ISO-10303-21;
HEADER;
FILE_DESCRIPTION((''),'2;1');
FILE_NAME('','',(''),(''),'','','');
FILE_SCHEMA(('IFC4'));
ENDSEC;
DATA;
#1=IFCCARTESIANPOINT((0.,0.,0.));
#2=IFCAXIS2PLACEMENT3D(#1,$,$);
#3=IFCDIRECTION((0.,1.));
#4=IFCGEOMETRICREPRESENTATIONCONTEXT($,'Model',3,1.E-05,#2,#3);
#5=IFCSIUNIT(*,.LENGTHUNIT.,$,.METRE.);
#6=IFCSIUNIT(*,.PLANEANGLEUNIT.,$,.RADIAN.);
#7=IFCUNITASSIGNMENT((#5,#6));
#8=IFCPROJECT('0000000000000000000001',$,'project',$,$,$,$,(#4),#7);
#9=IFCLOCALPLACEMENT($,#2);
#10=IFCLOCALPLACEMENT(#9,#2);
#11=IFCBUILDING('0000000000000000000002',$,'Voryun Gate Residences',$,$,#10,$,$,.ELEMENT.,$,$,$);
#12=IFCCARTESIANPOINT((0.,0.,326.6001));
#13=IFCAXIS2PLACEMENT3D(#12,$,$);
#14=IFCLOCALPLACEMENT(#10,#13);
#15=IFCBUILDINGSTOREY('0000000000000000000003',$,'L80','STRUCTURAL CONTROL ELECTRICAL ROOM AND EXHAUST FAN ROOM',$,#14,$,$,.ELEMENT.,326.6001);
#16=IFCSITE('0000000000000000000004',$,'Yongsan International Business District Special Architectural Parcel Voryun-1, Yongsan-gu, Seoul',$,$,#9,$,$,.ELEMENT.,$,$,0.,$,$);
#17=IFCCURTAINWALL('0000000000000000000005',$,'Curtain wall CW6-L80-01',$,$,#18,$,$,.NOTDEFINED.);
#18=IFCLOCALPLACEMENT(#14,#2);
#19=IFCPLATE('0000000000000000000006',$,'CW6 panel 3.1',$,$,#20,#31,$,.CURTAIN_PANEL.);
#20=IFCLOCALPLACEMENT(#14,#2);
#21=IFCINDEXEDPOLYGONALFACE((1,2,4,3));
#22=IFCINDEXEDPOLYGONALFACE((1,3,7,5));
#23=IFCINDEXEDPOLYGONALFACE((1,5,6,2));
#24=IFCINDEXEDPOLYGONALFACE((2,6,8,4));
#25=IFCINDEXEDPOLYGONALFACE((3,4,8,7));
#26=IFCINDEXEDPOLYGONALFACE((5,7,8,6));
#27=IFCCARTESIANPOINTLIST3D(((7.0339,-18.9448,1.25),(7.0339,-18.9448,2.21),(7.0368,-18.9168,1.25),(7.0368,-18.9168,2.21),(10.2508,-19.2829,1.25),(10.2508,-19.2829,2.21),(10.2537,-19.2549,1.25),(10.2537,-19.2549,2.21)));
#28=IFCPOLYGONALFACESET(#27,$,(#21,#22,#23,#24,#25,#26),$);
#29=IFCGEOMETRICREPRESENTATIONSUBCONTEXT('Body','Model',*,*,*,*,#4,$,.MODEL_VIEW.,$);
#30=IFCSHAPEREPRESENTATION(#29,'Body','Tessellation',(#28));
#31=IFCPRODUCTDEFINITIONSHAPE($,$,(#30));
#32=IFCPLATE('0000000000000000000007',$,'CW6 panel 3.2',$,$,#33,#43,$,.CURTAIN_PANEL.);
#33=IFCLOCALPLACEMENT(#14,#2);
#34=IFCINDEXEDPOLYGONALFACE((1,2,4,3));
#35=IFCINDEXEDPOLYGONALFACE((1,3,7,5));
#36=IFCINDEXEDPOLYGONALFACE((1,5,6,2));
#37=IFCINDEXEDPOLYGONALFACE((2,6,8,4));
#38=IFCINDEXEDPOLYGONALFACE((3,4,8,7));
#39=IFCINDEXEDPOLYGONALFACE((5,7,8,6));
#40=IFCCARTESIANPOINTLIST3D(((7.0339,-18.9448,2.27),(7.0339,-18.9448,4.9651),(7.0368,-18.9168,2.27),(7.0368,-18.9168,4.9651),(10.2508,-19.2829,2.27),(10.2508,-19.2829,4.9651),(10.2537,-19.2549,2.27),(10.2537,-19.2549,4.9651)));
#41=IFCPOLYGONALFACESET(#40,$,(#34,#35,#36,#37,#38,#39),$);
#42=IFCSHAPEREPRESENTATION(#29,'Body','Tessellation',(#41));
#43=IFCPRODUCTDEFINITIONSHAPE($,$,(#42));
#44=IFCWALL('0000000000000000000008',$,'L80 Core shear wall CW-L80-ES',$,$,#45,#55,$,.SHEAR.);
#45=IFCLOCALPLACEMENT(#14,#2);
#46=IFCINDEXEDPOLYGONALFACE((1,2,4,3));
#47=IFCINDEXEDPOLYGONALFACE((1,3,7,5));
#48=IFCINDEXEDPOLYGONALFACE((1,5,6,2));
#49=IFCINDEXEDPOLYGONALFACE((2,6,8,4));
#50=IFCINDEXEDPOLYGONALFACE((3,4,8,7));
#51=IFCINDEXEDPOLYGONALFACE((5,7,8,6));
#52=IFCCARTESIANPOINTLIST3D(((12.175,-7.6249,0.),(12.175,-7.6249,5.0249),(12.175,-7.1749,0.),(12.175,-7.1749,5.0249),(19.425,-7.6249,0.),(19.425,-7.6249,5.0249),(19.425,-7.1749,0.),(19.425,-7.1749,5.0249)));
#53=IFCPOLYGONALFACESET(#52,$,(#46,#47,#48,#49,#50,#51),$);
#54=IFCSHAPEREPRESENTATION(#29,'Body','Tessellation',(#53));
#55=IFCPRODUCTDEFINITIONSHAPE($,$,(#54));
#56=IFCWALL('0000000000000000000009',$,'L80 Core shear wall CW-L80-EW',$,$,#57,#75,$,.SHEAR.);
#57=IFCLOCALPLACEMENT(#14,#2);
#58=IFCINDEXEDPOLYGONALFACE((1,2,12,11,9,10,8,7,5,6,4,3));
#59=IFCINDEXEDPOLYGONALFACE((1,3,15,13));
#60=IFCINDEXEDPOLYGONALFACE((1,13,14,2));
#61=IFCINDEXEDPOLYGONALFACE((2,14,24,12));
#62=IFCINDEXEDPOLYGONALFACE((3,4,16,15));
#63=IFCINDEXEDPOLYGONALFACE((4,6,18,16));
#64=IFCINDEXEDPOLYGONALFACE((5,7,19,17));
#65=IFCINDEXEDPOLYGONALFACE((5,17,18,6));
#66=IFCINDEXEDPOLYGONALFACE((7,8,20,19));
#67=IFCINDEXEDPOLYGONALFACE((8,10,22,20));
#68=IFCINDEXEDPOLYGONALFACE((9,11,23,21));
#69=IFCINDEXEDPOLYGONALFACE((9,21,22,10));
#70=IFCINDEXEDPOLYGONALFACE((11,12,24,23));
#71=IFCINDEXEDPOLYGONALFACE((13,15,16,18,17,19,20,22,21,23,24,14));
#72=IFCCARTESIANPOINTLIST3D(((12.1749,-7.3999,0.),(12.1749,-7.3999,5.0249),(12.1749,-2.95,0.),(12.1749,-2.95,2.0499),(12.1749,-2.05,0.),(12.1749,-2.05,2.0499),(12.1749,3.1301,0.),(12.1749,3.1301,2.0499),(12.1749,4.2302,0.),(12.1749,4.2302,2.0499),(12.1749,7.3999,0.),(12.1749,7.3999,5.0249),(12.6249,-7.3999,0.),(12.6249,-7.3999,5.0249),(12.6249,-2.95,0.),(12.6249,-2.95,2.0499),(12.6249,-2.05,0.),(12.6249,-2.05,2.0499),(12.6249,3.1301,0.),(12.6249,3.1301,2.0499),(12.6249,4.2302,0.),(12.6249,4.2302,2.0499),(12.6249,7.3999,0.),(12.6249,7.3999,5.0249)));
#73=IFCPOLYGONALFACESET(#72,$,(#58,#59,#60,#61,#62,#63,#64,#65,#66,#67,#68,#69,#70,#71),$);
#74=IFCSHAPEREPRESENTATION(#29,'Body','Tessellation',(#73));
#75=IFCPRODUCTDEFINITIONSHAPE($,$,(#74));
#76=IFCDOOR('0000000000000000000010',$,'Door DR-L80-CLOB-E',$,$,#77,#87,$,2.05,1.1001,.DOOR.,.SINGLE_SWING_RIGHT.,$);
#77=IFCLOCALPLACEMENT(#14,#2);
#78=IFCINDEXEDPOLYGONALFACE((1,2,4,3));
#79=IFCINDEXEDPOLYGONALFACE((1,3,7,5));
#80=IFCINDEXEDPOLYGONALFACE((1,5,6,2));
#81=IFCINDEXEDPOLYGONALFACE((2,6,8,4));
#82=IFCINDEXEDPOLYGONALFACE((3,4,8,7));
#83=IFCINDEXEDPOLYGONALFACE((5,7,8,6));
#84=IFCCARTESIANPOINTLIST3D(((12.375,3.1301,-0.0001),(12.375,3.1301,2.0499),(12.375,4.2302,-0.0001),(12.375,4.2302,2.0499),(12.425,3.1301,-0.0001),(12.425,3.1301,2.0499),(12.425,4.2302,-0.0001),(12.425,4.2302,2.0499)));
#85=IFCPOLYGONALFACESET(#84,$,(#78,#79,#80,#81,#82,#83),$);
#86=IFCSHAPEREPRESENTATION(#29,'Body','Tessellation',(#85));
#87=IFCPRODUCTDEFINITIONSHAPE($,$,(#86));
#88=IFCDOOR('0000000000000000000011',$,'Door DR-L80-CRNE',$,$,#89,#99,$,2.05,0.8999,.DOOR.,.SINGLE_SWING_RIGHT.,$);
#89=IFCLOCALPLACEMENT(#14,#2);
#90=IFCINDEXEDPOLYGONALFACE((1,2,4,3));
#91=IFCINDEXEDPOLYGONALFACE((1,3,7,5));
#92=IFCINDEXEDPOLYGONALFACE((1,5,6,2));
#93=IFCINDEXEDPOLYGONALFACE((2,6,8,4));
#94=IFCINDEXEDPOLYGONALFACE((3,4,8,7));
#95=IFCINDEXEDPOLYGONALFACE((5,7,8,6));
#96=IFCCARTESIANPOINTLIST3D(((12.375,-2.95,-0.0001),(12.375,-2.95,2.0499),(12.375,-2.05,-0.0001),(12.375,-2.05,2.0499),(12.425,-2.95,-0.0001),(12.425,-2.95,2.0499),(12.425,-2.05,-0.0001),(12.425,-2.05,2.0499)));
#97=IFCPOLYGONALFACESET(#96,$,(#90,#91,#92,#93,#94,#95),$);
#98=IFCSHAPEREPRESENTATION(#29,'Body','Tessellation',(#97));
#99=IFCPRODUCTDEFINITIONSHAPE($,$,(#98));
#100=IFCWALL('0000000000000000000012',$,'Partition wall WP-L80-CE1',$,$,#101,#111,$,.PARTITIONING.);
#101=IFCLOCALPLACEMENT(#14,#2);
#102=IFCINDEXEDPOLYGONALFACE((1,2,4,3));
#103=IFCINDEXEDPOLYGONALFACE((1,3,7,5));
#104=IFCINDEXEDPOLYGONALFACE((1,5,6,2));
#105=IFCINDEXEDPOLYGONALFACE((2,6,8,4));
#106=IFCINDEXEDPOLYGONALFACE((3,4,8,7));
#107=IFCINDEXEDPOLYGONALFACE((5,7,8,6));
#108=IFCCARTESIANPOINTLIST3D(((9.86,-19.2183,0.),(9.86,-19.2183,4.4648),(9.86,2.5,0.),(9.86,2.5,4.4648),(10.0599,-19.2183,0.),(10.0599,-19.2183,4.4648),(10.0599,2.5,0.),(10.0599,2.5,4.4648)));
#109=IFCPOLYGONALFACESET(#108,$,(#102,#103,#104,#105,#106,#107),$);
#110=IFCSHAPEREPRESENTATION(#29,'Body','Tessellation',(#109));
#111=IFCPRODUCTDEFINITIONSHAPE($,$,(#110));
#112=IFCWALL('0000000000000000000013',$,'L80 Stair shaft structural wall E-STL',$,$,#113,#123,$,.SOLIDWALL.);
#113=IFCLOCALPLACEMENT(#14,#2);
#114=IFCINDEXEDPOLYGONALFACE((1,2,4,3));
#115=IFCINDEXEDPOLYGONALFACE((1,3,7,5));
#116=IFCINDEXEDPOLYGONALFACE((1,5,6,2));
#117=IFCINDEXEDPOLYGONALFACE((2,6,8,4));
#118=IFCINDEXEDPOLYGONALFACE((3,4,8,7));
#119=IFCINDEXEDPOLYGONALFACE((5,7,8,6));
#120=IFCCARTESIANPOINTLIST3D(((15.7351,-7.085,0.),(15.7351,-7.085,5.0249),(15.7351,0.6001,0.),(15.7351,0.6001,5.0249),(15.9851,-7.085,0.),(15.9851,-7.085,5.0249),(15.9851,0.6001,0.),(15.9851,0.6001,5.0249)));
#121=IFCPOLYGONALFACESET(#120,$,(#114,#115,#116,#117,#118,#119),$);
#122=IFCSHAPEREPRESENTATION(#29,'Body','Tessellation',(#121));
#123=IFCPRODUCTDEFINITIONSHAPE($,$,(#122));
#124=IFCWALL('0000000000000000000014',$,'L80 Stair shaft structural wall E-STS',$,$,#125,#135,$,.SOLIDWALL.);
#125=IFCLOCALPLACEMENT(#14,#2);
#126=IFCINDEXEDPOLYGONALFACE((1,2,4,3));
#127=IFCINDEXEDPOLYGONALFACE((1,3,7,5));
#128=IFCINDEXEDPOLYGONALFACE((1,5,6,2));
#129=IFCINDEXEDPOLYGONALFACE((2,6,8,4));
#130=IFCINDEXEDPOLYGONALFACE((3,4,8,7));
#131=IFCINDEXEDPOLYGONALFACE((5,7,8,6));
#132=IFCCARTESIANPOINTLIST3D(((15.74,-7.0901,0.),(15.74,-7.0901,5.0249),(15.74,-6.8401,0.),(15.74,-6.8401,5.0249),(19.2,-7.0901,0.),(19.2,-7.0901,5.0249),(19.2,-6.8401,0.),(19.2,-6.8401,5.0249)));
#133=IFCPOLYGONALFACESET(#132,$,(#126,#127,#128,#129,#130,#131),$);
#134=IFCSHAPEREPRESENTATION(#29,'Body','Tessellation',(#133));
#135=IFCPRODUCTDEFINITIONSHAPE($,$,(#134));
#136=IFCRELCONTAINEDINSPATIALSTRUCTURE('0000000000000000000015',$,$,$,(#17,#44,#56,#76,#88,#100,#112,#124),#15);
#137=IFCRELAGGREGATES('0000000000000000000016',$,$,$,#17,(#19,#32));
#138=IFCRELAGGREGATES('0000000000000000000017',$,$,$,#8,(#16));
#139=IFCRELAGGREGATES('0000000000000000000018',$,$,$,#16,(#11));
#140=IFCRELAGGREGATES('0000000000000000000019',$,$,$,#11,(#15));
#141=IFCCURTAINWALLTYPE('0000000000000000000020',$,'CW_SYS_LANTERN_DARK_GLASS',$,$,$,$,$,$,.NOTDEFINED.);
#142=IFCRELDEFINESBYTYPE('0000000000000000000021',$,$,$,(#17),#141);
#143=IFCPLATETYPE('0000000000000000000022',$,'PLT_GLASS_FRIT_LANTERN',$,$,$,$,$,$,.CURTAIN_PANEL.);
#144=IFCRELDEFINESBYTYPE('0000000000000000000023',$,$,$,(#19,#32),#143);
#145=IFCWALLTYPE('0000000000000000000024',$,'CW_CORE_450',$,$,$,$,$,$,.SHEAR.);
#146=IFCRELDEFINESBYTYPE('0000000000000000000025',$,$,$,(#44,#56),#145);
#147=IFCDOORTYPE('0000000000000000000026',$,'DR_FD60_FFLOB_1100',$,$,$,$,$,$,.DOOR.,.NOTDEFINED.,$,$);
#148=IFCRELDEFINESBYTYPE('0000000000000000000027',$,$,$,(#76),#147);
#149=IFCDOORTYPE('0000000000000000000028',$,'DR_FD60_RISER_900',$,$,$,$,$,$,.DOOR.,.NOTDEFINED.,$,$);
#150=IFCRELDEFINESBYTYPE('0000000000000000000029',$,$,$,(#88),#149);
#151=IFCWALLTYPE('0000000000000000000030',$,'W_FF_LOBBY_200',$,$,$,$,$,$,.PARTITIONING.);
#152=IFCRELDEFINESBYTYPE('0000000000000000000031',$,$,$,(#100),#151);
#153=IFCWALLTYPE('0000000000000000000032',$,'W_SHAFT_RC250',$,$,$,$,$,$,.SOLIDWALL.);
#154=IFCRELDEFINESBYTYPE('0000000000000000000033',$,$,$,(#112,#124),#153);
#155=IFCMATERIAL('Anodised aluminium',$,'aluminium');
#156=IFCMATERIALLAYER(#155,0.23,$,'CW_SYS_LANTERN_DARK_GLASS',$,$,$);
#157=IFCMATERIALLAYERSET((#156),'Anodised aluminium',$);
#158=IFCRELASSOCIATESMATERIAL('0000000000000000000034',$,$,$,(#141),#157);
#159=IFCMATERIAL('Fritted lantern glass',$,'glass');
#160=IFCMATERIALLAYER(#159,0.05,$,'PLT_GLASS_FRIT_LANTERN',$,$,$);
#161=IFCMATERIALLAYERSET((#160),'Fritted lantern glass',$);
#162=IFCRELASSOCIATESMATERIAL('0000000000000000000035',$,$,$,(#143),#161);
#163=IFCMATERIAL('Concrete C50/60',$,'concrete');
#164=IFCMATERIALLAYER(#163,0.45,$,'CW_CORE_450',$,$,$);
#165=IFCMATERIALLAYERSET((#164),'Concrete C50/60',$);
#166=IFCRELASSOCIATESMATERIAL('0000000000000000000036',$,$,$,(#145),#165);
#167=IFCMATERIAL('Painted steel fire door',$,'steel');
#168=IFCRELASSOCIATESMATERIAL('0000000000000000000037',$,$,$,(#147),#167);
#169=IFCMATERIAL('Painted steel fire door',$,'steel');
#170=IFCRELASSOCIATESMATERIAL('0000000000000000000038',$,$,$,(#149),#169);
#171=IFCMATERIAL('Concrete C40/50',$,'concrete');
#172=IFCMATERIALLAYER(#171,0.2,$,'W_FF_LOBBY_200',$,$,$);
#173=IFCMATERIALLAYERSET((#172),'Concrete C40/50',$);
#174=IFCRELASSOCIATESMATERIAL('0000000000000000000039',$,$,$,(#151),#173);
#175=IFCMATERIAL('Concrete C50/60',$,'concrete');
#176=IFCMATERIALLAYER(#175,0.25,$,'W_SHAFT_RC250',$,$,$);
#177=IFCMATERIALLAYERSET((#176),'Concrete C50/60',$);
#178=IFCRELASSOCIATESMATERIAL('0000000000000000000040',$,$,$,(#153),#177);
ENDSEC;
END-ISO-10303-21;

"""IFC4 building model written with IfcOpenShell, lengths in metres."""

from ifc_helpers import new_model, si_unit, direction, frame, frame_2d, origin, origin_2d, place, context, subcontext, project, spatial, rectangle, extrude, material, layer, layer_set, type_object, element, fill, aggregate, save


model = new_model("IFC4")

# Units and contexts
model_context = context("Model", 3, precision=1e-05, world=origin(), true_north=direction((0.0, 1.0)))
body_context = subcontext(model_context, "Body", "Model", "MODEL_VIEW")
ifc_project = project(units=[si_unit("LENGTHUNIT", "METRE"), si_unit("PLANEANGLEUNIT", "RADIAN")], contexts=[model_context])

# Site, building, storey
site_placement = place(None, origin())
site = spatial("IfcSite", under=ifc_project, at=site_placement, Name="Yongsan International Business District Special Architectural Parcel Voryun-1, Yongsan-gu, Seoul", CompositionType="ELEMENT", RefElevation=0.0)
building_placement = place(site_placement, origin())
building = spatial("IfcBuilding", under=site, at=building_placement, Name="Voryun Gate Residences", CompositionType="ELEMENT")
storey_placement = place(building_placement, frame((0.0, 0.0, 326.6001)))
storey = spatial("IfcBuildingStorey", under=building, at=storey_placement, Name="L80", Description="STRUCTURAL CONTROL ELECTRICAL ROOM AND EXHAUST FAN ROOM", CompositionType="ELEMENT", Elevation=326.6001)

# Curtain wall
ifc_material_1 = material(Name="Anodised aluminium", Category="aluminium")
ifc_layer_1 = layer(ifc_material_1, 0.23, Name="CW_SYS_LANTERN_DARK_GLASS")
ifc_layer_set_1 = layer_set([ifc_layer_1], Name="Anodised aluminium")
curtain_wall_type = type_object("IfcCurtainWallType", Name="CW_SYS_LANTERN_DARK_GLASS", PredefinedType="NOTDEFINED", material=ifc_layer_set_1)
curtain_wall_placement = place(storey_placement, origin())
curtain_wall = element("IfcCurtainWall", 1, at=curtain_wall_placement, inside=storey, type_object=curtain_wall_type, Name="Curtain wall CW6-L80-01", PredefinedType="NOTDEFINED")

# Plates
ifc_material_2 = material(Name="Fritted lantern glass", Category="glass")
ifc_layer_2 = layer(ifc_material_2, 0.05, Name="PLT_GLASS_FRIT_LANTERN")
ifc_layer_set_2 = layer_set([ifc_layer_2], Name="Fritted lantern glass")
plate_type_1 = type_object("IfcPlateType", Name="PLT_GLASS_FRIT_LANTERN", PredefinedType="CURTAIN_PANEL", material=ifc_layer_set_2)
plate_1_placement = place(storey_placement, frame((8.6438, -19.0999, 1.25), z_axis=(0.0, 0.0, 1.0), x_axis=(-0.994522, 0.104528, 0.0)))
plate_1 = element("IfcPlate", 2, at=plate_1_placement, type_object=plate_type_1, Name="CW6 panel 3.1", PredefinedType="CURTAIN_PANEL", context=body_context, shape_type="SweptSolid", body=[
    extrude(rectangle(XDim=3.2346, YDim=0.0281, at=origin_2d()), origin(), (0.0, 0.0, 1.0), 0.96),
])
plate_2_placement = place(storey_placement, frame((8.6438, -19.0999, 2.27), z_axis=(0.0, 0.0, 1.0), x_axis=(-0.994522, 0.104528, 0.0)))
plate_2 = element("IfcPlate", 3, at=plate_2_placement, type_object=plate_type_1, Name="CW6 panel 3.2", PredefinedType="CURTAIN_PANEL", context=body_context, shape_type="SweptSolid", body=[
    extrude(rectangle(XDim=3.2346, YDim=0.0281, at=origin_2d()), origin(), (0.0, 0.0, 1.0), 2.6951),
])
aggregate(curtain_wall, [plate_1, plate_2])

# Wall
ifc_material_3 = material(Name="Concrete C50/60", Category="concrete")
ifc_layer_3 = layer(ifc_material_3, 0.45, Name="CW_CORE_450")
ifc_layer_set_3 = layer_set([ifc_layer_3], Name="Concrete C50/60")
wall_type_1 = type_object("IfcWallType", Name="CW_CORE_450", PredefinedType="SHEAR", material=ifc_layer_set_3)
wall_1_placement = place(storey_placement, frame((12.175, -7.3999, 0.0), z_axis=(0.0, 0.0, 1.0), x_axis=(1.0, 0.0, 0.0)))
element("IfcWall", 4, at=wall_1_placement, inside=storey, type_object=wall_type_1, Name="L80 Core shear wall CW-L80-ES", PredefinedType="SHEAR", context=body_context, shape_type="SweptSolid", body=[
    extrude(rectangle(XDim=7.25, YDim=0.45, at=frame_2d((3.625, 0.0))), origin(), (0.0, 0.0, 1.0), 5.0249),
])

# Wall, openings, doors
wall_2_placement = place(storey_placement, frame((12.3999, -7.3999, 0.0), z_axis=(0.0, 0.0, 1.0), x_axis=(0.0, 1.0, 0.0)))
wall_2 = element("IfcWall", 5, at=wall_2_placement, inside=storey, type_object=wall_type_1, Name="L80 Core shear wall CW-L80-EW", PredefinedType="SHEAR", context=body_context, shape_type="SweptSolid", body=[
    extrude(rectangle(XDim=14.7998, YDim=0.45, at=frame_2d((7.3999, 0.0))), origin(), (0.0, 0.0, 1.0), 5.0249),
])
opening_1_placement = place(wall_2_placement, frame((10.53, 0.0, 0.0)))
opening_1 = element("IfcOpeningElement", 6, at=opening_1_placement, cuts=wall_2, PredefinedType="OPENING", context=body_context, shape_type="SweptSolid", body=[
    extrude(rectangle(XDim=1.1001, YDim=2.05, at=frame_2d((0.55, 1.0249))), frame((0.0, 0.2351, 0.0), z_axis=(0.0, -1.0, 0.0), x_axis=(1.0, 0.0, 0.0)), (0.0, 0.0, 1.0), 0.47),
])
opening_2_placement = place(wall_2_placement, frame((4.45, 0.0, 0.0)))
opening_2 = element("IfcOpeningElement", 7, at=opening_2_placement, cuts=wall_2, PredefinedType="OPENING", context=body_context, shape_type="SweptSolid", body=[
    extrude(rectangle(XDim=0.8999, YDim=2.05, at=frame_2d((0.45, 1.0249))), frame((0.0, 0.2351, 0.0), z_axis=(0.0, -1.0, 0.0), x_axis=(1.0, 0.0, 0.0)), (0.0, 0.0, 1.0), 0.47),
])
ifc_material_4 = material(Name="Painted steel fire door", Category="steel")
door_type_1 = type_object("IfcDoorType", Name="DR_FD60_FFLOB_1100", OperationType="NOTDEFINED", PredefinedType="DOOR", material=ifc_material_4)
door_1_placement = place(opening_1_placement, origin())
door_1 = element("IfcDoor", 8, at=door_1_placement, inside=storey, type_object=door_type_1, Name="Door DR-L80-CLOB-E", OperationType="SINGLE_SWING_RIGHT", OverallHeight=2.05, OverallWidth=1.1001, PredefinedType="DOOR", context=body_context, shape_type="SweptSolid", body=[
    extrude(rectangle(XDim=1.1001, YDim=2.05, at=frame_2d((0.55, 1.0249))), frame((0.0, 0.0249, 0.0), z_axis=(0.0, -1.0, 0.0), x_axis=(1.0, 0.0, 0.0)), (0.0, 0.0, 1.0), 0.05),
])
fill(opening_1, door_1)
ifc_material_5 = material(Name="Painted steel fire door", Category="steel")
door_type_2 = type_object("IfcDoorType", Name="DR_FD60_RISER_900", OperationType="NOTDEFINED", PredefinedType="DOOR", material=ifc_material_5)
door_2_placement = place(opening_2_placement, origin())
door_2 = element("IfcDoor", 9, at=door_2_placement, inside=storey, type_object=door_type_2, Name="Door DR-L80-CRNE", OperationType="SINGLE_SWING_RIGHT", OverallHeight=2.05, OverallWidth=0.8999, PredefinedType="DOOR", context=body_context, shape_type="SweptSolid", body=[
    extrude(rectangle(XDim=0.8999, YDim=2.05, at=frame_2d((0.45, 1.0249))), frame((0.0, 0.0249, 0.0), z_axis=(0.0, -1.0, 0.0), x_axis=(1.0, 0.0, 0.0)), (0.0, 0.0, 1.0), 0.05),
])
fill(opening_2, door_2)

# Walls
ifc_material_6 = material(Name="Concrete C40/50", Category="concrete")
ifc_layer_4 = layer(ifc_material_6, 0.2, Name="W_FF_LOBBY_200")
ifc_layer_set_4 = layer_set([ifc_layer_4], Name="Concrete C40/50")
wall_type_2 = type_object("IfcWallType", Name="W_FF_LOBBY_200", PredefinedType="PARTITIONING", material=ifc_layer_set_4)
wall_3_placement = place(storey_placement, frame((9.96, -19.2183, 0.0), z_axis=(0.0, 0.0, 1.0), x_axis=(0.0, 1.0, 0.0)))
element("IfcWall", 10, at=wall_3_placement, inside=storey, type_object=wall_type_2, Name="Partition wall WP-L80-CE1", PredefinedType="PARTITIONING", context=body_context, shape_type="SweptSolid", body=[
    extrude(rectangle(XDim=21.7183, YDim=0.2, at=frame_2d((10.8591, 0.0))), origin(), (0.0, 0.0, 1.0), 4.4648),
])
ifc_material_7 = material(Name="Concrete C50/60", Category="concrete")
ifc_layer_5 = layer(ifc_material_7, 0.25, Name="W_SHAFT_RC250")
ifc_layer_set_5 = layer_set([ifc_layer_5], Name="Concrete C50/60")
wall_type_3 = type_object("IfcWallType", Name="W_SHAFT_RC250", PredefinedType="SOLIDWALL", material=ifc_layer_set_5)
wall_4_placement = place(storey_placement, frame((15.8601, -7.085, 0.0), z_axis=(0.0, 0.0, 1.0), x_axis=(0.0, 1.0, 0.0)))
element("IfcWall", 11, at=wall_4_placement, inside=storey, type_object=wall_type_3, Name="L80 Stair shaft structural wall E-STL", PredefinedType="SOLIDWALL", context=body_context, shape_type="SweptSolid", body=[
    extrude(rectangle(XDim=7.6851, YDim=0.25, at=frame_2d((3.8425, 0.0))), origin(), (0.0, 0.0, 1.0), 5.0249),
])
wall_5_placement = place(storey_placement, frame((15.74, -6.9651, 0.0), z_axis=(0.0, 0.0, 1.0), x_axis=(1.0, 0.0, 0.0)))
element("IfcWall", 12, at=wall_5_placement, inside=storey, type_object=wall_type_3, Name="L80 Stair shaft structural wall E-STS", PredefinedType="SOLIDWALL", context=body_context, shape_type="SweptSolid", body=[
    extrude(rectangle(XDim=3.46, YDim=0.25, at=frame_2d((1.73, 0.0))), origin(), (0.0, 0.0, 1.0), 5.0249),
])

save(model, "model.ifc")
